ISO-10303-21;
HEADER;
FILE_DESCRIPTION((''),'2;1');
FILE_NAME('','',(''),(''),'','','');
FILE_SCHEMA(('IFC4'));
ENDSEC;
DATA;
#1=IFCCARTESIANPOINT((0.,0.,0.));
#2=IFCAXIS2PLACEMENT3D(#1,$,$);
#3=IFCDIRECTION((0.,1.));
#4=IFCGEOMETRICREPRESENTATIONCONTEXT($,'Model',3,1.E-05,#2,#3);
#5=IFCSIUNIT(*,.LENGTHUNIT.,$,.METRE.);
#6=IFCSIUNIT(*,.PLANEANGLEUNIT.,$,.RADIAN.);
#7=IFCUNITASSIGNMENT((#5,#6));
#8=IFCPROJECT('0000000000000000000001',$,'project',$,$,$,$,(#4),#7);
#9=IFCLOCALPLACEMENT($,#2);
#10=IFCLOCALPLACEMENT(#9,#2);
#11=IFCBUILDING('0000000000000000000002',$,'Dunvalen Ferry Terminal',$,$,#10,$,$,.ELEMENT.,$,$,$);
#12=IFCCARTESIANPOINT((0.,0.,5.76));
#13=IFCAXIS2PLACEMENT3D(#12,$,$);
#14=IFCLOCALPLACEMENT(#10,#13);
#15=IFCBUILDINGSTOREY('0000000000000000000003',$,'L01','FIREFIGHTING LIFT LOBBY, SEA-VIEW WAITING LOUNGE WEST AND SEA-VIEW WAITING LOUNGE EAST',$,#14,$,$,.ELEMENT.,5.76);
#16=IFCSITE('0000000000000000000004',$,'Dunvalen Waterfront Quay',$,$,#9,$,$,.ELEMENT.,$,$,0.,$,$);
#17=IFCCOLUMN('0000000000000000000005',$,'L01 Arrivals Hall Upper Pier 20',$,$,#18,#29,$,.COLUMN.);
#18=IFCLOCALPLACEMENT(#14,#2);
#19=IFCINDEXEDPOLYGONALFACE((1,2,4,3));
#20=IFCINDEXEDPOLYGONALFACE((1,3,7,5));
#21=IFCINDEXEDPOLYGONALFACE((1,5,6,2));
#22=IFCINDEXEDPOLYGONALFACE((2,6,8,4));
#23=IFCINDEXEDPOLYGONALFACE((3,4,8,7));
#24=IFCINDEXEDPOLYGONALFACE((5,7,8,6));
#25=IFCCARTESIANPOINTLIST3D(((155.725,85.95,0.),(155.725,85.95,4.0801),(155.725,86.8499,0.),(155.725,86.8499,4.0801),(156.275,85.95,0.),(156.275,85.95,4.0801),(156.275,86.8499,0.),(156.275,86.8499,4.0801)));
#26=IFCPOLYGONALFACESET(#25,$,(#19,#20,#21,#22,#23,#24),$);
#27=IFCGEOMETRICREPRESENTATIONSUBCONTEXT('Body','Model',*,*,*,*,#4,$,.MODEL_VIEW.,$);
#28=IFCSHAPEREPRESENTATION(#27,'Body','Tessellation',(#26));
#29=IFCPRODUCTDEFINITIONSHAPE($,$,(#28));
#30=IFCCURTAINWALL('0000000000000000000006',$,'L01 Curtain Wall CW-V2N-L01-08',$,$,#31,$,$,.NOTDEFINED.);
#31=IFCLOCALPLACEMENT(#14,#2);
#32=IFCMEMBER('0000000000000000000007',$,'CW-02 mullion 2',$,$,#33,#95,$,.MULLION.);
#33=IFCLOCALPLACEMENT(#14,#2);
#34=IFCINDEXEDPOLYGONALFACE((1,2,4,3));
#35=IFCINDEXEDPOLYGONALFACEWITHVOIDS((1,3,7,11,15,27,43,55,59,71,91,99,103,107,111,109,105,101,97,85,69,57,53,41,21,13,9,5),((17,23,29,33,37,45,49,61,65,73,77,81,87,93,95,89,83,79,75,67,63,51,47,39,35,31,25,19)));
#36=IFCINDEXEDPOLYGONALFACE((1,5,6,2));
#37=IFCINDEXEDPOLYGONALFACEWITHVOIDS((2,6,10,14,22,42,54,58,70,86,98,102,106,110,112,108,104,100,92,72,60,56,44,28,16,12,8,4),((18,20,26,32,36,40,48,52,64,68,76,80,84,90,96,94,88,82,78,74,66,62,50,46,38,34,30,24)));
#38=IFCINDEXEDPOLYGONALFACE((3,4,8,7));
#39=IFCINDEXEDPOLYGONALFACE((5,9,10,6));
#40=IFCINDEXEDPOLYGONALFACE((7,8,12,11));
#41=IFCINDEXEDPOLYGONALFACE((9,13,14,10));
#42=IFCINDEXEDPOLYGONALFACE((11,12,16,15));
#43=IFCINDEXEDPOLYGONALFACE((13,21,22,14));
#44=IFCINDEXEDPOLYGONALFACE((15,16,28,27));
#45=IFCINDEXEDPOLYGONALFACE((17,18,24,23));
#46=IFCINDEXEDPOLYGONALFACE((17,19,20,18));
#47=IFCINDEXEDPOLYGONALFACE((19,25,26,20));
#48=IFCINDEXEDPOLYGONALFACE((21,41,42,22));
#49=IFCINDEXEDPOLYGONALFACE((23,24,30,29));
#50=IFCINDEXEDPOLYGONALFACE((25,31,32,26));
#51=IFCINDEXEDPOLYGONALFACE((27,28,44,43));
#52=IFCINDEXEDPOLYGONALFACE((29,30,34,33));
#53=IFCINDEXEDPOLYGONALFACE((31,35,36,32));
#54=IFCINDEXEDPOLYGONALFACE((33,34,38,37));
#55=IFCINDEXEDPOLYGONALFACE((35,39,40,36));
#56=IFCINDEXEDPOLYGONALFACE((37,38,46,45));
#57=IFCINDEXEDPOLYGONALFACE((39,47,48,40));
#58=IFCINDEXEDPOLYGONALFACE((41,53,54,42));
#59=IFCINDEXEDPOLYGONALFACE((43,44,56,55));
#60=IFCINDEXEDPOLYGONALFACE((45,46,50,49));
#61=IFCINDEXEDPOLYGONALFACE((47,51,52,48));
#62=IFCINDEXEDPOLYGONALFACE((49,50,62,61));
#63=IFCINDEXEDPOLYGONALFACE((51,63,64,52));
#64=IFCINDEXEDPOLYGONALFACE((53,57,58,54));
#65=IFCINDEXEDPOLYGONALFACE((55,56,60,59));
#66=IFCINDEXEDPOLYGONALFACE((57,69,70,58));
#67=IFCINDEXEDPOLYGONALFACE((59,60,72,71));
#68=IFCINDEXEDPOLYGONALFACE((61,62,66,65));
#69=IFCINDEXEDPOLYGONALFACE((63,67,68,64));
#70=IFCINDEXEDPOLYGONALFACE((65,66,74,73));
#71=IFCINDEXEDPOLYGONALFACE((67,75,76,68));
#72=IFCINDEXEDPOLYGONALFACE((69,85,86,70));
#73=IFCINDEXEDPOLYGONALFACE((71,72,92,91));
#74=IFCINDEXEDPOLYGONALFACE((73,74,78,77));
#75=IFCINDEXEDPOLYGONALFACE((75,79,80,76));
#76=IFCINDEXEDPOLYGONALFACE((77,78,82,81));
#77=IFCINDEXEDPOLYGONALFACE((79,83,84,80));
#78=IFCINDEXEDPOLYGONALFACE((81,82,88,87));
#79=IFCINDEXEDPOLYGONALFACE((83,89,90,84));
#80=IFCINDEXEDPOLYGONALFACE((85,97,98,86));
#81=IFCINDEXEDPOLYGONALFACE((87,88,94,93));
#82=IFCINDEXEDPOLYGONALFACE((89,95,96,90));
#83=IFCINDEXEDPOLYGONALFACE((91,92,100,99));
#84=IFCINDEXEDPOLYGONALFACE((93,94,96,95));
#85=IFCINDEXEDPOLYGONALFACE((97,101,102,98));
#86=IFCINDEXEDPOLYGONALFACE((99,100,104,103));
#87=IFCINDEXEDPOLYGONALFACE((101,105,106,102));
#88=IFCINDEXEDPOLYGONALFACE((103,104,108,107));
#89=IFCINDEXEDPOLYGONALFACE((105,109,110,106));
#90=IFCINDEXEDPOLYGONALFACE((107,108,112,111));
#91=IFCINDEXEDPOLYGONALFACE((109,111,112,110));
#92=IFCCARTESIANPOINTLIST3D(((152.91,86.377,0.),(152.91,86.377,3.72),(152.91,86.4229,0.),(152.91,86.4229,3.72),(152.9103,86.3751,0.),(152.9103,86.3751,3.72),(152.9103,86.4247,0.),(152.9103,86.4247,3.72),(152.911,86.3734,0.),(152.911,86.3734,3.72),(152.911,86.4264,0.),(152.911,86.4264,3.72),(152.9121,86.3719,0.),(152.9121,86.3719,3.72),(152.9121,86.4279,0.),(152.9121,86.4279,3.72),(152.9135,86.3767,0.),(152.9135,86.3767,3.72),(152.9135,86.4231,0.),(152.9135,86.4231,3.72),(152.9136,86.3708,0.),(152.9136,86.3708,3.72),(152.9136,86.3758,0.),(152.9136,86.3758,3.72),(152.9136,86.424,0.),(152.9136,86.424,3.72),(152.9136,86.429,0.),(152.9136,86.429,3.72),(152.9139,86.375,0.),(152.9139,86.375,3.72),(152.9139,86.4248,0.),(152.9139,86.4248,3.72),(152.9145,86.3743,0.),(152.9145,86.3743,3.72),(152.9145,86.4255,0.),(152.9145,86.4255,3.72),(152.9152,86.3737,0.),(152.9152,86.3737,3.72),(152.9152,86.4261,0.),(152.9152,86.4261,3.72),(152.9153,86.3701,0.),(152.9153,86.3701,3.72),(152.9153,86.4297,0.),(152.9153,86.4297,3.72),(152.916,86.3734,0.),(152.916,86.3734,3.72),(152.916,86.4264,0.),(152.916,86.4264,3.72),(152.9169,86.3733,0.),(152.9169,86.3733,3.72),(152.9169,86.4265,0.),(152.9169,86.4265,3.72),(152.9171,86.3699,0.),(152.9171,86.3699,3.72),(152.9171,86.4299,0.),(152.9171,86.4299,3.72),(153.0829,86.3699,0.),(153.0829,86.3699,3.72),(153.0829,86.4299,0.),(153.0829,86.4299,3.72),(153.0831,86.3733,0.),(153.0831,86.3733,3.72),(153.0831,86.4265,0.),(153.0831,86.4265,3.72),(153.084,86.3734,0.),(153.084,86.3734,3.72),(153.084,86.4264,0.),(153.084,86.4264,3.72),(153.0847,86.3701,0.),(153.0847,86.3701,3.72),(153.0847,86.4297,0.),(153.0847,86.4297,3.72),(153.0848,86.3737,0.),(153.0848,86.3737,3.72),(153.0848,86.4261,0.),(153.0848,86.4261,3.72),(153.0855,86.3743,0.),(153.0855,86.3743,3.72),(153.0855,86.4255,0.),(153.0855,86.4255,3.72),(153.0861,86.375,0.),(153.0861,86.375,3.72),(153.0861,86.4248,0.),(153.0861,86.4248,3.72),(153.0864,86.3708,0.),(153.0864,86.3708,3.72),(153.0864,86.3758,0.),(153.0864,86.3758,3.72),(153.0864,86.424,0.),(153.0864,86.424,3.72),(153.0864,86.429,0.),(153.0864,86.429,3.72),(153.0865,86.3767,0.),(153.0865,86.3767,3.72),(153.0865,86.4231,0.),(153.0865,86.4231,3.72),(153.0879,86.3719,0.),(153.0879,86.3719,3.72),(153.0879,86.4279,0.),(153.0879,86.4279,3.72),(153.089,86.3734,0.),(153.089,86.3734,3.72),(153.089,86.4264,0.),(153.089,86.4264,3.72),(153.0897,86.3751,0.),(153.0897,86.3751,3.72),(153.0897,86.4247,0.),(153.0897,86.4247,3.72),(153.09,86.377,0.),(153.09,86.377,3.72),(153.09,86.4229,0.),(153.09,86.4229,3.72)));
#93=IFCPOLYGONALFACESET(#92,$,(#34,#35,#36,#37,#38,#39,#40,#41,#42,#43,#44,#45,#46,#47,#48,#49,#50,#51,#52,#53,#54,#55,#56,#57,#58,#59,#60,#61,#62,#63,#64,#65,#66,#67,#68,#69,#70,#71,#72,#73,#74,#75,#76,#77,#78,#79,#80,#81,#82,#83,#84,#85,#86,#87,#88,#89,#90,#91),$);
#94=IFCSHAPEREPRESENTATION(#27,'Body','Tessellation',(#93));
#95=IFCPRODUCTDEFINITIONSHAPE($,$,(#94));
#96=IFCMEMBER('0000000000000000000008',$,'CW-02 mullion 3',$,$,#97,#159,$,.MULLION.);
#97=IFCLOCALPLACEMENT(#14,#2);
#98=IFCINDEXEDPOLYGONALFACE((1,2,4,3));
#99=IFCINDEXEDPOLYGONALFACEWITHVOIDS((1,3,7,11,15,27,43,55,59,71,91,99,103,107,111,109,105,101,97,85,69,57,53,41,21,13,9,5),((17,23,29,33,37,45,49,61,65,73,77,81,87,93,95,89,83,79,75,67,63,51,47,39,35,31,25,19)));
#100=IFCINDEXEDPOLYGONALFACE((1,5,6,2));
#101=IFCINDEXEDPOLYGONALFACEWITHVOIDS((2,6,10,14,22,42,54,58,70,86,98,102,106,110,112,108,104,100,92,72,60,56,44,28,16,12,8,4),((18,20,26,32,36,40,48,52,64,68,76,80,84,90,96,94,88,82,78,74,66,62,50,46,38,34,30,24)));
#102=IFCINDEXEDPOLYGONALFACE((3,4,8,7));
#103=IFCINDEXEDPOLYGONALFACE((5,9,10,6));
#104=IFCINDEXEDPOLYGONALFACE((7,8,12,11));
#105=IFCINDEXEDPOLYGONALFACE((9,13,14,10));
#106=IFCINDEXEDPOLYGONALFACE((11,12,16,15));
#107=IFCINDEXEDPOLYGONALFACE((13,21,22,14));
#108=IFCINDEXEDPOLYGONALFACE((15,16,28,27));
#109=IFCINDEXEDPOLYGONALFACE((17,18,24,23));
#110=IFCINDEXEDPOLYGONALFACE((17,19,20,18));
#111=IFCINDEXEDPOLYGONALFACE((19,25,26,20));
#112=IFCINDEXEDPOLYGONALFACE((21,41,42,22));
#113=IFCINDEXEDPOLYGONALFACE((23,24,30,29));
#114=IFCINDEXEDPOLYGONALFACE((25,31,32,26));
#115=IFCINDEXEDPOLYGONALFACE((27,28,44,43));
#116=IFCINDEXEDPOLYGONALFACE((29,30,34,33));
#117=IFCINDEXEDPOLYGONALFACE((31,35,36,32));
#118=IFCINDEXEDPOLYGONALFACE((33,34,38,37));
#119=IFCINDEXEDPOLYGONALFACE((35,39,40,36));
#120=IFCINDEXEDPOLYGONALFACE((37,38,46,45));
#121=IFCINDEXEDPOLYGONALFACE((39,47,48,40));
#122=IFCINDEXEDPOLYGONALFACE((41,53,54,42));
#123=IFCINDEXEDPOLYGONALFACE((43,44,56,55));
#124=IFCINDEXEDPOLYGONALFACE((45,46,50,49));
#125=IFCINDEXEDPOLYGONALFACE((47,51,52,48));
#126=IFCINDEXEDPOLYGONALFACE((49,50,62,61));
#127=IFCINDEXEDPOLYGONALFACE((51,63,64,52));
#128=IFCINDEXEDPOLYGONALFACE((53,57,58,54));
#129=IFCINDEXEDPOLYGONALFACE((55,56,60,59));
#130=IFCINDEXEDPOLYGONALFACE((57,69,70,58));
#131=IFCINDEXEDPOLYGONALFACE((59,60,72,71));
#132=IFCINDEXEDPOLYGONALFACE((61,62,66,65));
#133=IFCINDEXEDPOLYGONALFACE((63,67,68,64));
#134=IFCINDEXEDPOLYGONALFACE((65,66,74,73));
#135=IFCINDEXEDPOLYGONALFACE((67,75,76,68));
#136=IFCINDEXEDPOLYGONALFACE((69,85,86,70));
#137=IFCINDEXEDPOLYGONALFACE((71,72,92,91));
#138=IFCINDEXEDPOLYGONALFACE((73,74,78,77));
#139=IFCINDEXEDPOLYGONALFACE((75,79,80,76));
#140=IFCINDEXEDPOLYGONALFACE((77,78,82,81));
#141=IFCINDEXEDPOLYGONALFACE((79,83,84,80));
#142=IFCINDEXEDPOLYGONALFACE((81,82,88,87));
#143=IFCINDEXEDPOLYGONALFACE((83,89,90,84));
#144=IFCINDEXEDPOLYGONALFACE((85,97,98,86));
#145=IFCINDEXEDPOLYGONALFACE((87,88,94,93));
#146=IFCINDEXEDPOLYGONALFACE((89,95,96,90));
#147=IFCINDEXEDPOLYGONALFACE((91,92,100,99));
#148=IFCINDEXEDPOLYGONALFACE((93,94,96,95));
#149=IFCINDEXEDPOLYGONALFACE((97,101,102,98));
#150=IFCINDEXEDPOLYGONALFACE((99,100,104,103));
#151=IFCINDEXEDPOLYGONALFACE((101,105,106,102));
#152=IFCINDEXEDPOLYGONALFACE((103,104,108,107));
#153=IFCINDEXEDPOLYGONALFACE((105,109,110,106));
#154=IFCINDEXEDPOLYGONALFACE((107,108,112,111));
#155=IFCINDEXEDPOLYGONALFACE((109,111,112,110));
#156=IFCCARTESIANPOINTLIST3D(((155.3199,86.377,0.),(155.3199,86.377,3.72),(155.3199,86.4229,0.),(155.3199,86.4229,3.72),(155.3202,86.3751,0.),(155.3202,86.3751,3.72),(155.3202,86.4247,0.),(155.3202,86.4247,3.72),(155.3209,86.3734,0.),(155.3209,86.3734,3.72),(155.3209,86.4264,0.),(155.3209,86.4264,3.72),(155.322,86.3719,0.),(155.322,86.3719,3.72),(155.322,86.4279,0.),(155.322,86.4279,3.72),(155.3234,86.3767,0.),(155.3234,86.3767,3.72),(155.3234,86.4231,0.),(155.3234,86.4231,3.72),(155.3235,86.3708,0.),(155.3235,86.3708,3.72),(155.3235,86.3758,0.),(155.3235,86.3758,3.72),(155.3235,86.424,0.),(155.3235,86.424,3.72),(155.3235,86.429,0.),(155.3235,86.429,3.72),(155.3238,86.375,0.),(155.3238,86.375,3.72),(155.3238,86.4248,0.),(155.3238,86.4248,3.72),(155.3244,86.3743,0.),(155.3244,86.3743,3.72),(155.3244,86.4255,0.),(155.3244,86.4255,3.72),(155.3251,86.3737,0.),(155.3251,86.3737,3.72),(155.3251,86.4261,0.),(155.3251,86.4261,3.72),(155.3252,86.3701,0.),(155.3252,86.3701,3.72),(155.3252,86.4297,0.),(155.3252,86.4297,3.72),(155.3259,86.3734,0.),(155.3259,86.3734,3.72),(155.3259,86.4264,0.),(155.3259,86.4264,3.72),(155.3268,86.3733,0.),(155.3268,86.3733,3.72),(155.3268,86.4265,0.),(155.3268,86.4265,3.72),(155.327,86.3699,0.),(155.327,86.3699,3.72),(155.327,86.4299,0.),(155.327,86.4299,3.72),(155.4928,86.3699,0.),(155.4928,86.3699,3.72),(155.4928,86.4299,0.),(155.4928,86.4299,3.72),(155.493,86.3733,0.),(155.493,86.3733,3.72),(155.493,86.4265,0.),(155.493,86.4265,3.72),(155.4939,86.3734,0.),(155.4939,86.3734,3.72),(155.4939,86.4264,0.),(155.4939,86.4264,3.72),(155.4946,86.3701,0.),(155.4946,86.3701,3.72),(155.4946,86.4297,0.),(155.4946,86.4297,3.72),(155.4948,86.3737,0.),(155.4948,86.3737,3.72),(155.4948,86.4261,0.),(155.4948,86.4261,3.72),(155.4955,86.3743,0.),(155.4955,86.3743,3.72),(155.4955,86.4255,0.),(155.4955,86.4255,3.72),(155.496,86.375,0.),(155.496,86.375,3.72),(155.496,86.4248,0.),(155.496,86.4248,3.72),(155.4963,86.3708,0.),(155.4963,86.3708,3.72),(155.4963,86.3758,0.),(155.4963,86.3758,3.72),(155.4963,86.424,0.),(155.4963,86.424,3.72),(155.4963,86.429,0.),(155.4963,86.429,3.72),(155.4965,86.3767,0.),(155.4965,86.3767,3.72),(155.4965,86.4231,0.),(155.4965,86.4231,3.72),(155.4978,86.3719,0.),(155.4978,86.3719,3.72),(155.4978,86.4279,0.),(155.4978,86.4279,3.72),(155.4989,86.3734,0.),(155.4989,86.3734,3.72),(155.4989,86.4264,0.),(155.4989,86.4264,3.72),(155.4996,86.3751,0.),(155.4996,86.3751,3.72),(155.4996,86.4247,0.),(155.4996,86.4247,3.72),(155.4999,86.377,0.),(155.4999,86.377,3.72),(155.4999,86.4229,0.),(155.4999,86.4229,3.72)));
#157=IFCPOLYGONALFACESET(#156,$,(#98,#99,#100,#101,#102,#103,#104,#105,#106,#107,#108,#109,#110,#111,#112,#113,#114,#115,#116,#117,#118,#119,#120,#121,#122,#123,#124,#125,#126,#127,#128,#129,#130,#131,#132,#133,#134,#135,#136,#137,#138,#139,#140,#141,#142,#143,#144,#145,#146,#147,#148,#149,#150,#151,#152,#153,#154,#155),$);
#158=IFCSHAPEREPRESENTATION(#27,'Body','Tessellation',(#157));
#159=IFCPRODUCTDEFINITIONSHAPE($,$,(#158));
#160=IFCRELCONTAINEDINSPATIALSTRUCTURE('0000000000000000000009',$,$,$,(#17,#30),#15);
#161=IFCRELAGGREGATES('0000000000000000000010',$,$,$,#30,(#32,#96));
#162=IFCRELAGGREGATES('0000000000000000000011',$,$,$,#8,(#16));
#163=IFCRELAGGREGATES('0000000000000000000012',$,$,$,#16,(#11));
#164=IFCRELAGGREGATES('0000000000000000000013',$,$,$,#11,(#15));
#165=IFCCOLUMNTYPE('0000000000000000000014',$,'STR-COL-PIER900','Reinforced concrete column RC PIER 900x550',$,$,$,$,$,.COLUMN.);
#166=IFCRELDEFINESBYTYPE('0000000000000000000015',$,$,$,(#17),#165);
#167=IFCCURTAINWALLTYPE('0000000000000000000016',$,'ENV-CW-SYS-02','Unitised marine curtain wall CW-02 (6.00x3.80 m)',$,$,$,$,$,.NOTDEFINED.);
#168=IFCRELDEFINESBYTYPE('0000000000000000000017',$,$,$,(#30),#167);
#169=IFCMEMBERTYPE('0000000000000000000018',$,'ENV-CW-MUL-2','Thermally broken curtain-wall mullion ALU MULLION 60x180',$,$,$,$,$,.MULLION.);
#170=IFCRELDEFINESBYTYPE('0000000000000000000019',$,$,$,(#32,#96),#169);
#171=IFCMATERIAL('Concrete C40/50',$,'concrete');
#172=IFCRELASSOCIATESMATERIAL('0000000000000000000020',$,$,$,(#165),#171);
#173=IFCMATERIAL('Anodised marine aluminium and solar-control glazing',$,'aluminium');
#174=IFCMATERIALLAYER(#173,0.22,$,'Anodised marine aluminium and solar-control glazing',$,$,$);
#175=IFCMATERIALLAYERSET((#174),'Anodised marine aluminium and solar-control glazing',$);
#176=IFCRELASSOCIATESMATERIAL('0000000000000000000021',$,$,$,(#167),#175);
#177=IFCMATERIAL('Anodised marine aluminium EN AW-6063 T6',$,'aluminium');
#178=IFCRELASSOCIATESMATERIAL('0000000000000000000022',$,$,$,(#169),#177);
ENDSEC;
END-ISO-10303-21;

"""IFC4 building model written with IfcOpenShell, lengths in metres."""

from ifc_helpers import new_model, si_unit, direction, frame, origin, origin_2d, place, context, subcontext, project, spatial, rectangle, hollow_rectangle, extrude, material, layer, layer_set, material_profile, profile_set, type_object, element, aggregate, save


model = new_model("IFC4")

# Units and contexts
model_context = context("Model", 3, precision=1e-05, world=origin(), true_north=direction((0.0, 1.0)))
body_context = subcontext(model_context, "Body", "Model", "MODEL_VIEW")
ifc_project = project(units=[si_unit("LENGTHUNIT", "METRE"), si_unit("PLANEANGLEUNIT", "RADIAN")], contexts=[model_context])

# Site, building, storey
site_placement = place(None, origin())
site = spatial("IfcSite", under=ifc_project, at=site_placement, Name="Dunvalen Waterfront Quay", CompositionType="ELEMENT", RefElevation=0.0)
building_placement = place(site_placement, origin())
building = spatial("IfcBuilding", under=site, at=building_placement, Name="Dunvalen Ferry Terminal", CompositionType="ELEMENT")
storey_placement = place(building_placement, frame((0.0, 0.0, 5.76)))
storey = spatial("IfcBuildingStorey", under=building, at=storey_placement, Name="L01", Description="FIREFIGHTING LIFT LOBBY, SEA-VIEW WAITING LOUNGE WEST AND SEA-VIEW WAITING LOUNGE EAST", CompositionType="ELEMENT", Elevation=5.76)

# Column
ifc_material_1 = material(Name="Concrete C40/50", Category="concrete")
ifc_material_profile_1 = material_profile(ifc_material_1, rectangle(XDim=0.55, YDim=0.8999, at=origin_2d()), Name="Concrete C40/50")
ifc_profile_set_1 = profile_set([ifc_material_profile_1], Name="Concrete C40/50")
column_type = type_object("IfcColumnType", Name="STR-COL-PIER900", Description="Reinforced concrete column RC PIER 900x550", PredefinedType="COLUMN", material=ifc_profile_set_1)
column_placement = place(storey_placement, frame((156.0, 86.3999, 0.0), z_axis=(0.0, 0.0, 1.0), x_axis=(1.0, 0.0, 0.0)))
element("IfcColumn", 1, at=column_placement, inside=storey, type_object=column_type, Name="L01 Arrivals Hall Upper Pier 20", PredefinedType="COLUMN", context=body_context, shape_type="SweptSolid", body=[
    extrude(rectangle(XDim=0.55, YDim=0.8999, at=origin_2d()), origin(), (0.0, 0.0, 1.0), 4.0801),
])

# Curtain wall, members
ifc_material_2 = material(Name="Anodised marine aluminium and solar-control glazing", Category="aluminium")
ifc_layer_1 = layer(ifc_material_2, 0.22, Name="Anodised marine aluminium and solar-control glazing")
ifc_layer_set_1 = layer_set([ifc_layer_1], Name="Anodised marine aluminium and solar-control glazing")
curtain_wall_type = type_object("IfcCurtainWallType", Name="ENV-CW-SYS-02", Description="Unitised marine curtain wall CW-02 (6.00x3.80 m)", PredefinedType="NOTDEFINED", material=ifc_layer_set_1)
curtain_wall_1_placement = place(storey_placement, origin())
curtain_wall_1 = element("IfcCurtainWall", 2, at=curtain_wall_1_placement, inside=storey, type_object=curtain_wall_type, Name="L01 Curtain Wall CW-V2N-L01-08", PredefinedType="NOTDEFINED")
ifc_material_3 = material(Name="Anodised marine aluminium EN AW-6063 T6", Category="aluminium")
ifc_material_profile_2 = material_profile(ifc_material_3, hollow_rectangle(XDim=0.0601, YDim=0.1799, WallThickness=0.0034, InnerFilletRadius=0.0034, OuterFilletRadius=0.0071, at=origin_2d()), Name="Anodised marine aluminium EN AW-6063 T6")
ifc_profile_set_2 = profile_set([ifc_material_profile_2], Name="Anodised marine aluminium EN AW-6063 T6")
member_type_1 = type_object("IfcMemberType", Name="ENV-CW-MUL-2", Description="Thermally broken curtain-wall mullion ALU MULLION 60x180", PredefinedType="MULLION", material=ifc_profile_set_2)
member_1_placement = place(storey_placement, frame((153.0, 86.3999, 0.0), z_axis=(0.0, 0.0, 1.0), x_axis=(0.0, 1.0, 0.0)))
member_1 = element("IfcMember", 3, at=member_1_placement, type_object=member_type_1, Name="CW-02 mullion 2", PredefinedType="MULLION", context=body_context, shape_type="SweptSolid", body=[
    extrude(hollow_rectangle(XDim=0.0601, YDim=0.1799, WallThickness=0.0034, InnerFilletRadius=0.0034, OuterFilletRadius=0.0071, at=origin_2d()), origin(), (0.0, 0.0, 1.0), 3.72),
])
member_2_placement = place(storey_placement, frame((155.4099, 86.3999, 0.0), z_axis=(0.0, 0.0, 1.0), x_axis=(0.0, 1.0, 0.0)))
member_2 = element("IfcMember", 4, at=member_2_placement, type_object=member_type_1, Name="CW-02 mullion 3", PredefinedType="MULLION", context=body_context, shape_type="SweptSolid", body=[
    extrude(hollow_rectangle(XDim=0.0601, YDim=0.1799, WallThickness=0.0034, InnerFilletRadius=0.0034, OuterFilletRadius=0.0071, at=origin_2d()), origin(), (0.0, 0.0, 1.0), 3.72),
])

aggregate(curtain_wall_1, [member_1, member_2])

save(model, "model.ifc")
